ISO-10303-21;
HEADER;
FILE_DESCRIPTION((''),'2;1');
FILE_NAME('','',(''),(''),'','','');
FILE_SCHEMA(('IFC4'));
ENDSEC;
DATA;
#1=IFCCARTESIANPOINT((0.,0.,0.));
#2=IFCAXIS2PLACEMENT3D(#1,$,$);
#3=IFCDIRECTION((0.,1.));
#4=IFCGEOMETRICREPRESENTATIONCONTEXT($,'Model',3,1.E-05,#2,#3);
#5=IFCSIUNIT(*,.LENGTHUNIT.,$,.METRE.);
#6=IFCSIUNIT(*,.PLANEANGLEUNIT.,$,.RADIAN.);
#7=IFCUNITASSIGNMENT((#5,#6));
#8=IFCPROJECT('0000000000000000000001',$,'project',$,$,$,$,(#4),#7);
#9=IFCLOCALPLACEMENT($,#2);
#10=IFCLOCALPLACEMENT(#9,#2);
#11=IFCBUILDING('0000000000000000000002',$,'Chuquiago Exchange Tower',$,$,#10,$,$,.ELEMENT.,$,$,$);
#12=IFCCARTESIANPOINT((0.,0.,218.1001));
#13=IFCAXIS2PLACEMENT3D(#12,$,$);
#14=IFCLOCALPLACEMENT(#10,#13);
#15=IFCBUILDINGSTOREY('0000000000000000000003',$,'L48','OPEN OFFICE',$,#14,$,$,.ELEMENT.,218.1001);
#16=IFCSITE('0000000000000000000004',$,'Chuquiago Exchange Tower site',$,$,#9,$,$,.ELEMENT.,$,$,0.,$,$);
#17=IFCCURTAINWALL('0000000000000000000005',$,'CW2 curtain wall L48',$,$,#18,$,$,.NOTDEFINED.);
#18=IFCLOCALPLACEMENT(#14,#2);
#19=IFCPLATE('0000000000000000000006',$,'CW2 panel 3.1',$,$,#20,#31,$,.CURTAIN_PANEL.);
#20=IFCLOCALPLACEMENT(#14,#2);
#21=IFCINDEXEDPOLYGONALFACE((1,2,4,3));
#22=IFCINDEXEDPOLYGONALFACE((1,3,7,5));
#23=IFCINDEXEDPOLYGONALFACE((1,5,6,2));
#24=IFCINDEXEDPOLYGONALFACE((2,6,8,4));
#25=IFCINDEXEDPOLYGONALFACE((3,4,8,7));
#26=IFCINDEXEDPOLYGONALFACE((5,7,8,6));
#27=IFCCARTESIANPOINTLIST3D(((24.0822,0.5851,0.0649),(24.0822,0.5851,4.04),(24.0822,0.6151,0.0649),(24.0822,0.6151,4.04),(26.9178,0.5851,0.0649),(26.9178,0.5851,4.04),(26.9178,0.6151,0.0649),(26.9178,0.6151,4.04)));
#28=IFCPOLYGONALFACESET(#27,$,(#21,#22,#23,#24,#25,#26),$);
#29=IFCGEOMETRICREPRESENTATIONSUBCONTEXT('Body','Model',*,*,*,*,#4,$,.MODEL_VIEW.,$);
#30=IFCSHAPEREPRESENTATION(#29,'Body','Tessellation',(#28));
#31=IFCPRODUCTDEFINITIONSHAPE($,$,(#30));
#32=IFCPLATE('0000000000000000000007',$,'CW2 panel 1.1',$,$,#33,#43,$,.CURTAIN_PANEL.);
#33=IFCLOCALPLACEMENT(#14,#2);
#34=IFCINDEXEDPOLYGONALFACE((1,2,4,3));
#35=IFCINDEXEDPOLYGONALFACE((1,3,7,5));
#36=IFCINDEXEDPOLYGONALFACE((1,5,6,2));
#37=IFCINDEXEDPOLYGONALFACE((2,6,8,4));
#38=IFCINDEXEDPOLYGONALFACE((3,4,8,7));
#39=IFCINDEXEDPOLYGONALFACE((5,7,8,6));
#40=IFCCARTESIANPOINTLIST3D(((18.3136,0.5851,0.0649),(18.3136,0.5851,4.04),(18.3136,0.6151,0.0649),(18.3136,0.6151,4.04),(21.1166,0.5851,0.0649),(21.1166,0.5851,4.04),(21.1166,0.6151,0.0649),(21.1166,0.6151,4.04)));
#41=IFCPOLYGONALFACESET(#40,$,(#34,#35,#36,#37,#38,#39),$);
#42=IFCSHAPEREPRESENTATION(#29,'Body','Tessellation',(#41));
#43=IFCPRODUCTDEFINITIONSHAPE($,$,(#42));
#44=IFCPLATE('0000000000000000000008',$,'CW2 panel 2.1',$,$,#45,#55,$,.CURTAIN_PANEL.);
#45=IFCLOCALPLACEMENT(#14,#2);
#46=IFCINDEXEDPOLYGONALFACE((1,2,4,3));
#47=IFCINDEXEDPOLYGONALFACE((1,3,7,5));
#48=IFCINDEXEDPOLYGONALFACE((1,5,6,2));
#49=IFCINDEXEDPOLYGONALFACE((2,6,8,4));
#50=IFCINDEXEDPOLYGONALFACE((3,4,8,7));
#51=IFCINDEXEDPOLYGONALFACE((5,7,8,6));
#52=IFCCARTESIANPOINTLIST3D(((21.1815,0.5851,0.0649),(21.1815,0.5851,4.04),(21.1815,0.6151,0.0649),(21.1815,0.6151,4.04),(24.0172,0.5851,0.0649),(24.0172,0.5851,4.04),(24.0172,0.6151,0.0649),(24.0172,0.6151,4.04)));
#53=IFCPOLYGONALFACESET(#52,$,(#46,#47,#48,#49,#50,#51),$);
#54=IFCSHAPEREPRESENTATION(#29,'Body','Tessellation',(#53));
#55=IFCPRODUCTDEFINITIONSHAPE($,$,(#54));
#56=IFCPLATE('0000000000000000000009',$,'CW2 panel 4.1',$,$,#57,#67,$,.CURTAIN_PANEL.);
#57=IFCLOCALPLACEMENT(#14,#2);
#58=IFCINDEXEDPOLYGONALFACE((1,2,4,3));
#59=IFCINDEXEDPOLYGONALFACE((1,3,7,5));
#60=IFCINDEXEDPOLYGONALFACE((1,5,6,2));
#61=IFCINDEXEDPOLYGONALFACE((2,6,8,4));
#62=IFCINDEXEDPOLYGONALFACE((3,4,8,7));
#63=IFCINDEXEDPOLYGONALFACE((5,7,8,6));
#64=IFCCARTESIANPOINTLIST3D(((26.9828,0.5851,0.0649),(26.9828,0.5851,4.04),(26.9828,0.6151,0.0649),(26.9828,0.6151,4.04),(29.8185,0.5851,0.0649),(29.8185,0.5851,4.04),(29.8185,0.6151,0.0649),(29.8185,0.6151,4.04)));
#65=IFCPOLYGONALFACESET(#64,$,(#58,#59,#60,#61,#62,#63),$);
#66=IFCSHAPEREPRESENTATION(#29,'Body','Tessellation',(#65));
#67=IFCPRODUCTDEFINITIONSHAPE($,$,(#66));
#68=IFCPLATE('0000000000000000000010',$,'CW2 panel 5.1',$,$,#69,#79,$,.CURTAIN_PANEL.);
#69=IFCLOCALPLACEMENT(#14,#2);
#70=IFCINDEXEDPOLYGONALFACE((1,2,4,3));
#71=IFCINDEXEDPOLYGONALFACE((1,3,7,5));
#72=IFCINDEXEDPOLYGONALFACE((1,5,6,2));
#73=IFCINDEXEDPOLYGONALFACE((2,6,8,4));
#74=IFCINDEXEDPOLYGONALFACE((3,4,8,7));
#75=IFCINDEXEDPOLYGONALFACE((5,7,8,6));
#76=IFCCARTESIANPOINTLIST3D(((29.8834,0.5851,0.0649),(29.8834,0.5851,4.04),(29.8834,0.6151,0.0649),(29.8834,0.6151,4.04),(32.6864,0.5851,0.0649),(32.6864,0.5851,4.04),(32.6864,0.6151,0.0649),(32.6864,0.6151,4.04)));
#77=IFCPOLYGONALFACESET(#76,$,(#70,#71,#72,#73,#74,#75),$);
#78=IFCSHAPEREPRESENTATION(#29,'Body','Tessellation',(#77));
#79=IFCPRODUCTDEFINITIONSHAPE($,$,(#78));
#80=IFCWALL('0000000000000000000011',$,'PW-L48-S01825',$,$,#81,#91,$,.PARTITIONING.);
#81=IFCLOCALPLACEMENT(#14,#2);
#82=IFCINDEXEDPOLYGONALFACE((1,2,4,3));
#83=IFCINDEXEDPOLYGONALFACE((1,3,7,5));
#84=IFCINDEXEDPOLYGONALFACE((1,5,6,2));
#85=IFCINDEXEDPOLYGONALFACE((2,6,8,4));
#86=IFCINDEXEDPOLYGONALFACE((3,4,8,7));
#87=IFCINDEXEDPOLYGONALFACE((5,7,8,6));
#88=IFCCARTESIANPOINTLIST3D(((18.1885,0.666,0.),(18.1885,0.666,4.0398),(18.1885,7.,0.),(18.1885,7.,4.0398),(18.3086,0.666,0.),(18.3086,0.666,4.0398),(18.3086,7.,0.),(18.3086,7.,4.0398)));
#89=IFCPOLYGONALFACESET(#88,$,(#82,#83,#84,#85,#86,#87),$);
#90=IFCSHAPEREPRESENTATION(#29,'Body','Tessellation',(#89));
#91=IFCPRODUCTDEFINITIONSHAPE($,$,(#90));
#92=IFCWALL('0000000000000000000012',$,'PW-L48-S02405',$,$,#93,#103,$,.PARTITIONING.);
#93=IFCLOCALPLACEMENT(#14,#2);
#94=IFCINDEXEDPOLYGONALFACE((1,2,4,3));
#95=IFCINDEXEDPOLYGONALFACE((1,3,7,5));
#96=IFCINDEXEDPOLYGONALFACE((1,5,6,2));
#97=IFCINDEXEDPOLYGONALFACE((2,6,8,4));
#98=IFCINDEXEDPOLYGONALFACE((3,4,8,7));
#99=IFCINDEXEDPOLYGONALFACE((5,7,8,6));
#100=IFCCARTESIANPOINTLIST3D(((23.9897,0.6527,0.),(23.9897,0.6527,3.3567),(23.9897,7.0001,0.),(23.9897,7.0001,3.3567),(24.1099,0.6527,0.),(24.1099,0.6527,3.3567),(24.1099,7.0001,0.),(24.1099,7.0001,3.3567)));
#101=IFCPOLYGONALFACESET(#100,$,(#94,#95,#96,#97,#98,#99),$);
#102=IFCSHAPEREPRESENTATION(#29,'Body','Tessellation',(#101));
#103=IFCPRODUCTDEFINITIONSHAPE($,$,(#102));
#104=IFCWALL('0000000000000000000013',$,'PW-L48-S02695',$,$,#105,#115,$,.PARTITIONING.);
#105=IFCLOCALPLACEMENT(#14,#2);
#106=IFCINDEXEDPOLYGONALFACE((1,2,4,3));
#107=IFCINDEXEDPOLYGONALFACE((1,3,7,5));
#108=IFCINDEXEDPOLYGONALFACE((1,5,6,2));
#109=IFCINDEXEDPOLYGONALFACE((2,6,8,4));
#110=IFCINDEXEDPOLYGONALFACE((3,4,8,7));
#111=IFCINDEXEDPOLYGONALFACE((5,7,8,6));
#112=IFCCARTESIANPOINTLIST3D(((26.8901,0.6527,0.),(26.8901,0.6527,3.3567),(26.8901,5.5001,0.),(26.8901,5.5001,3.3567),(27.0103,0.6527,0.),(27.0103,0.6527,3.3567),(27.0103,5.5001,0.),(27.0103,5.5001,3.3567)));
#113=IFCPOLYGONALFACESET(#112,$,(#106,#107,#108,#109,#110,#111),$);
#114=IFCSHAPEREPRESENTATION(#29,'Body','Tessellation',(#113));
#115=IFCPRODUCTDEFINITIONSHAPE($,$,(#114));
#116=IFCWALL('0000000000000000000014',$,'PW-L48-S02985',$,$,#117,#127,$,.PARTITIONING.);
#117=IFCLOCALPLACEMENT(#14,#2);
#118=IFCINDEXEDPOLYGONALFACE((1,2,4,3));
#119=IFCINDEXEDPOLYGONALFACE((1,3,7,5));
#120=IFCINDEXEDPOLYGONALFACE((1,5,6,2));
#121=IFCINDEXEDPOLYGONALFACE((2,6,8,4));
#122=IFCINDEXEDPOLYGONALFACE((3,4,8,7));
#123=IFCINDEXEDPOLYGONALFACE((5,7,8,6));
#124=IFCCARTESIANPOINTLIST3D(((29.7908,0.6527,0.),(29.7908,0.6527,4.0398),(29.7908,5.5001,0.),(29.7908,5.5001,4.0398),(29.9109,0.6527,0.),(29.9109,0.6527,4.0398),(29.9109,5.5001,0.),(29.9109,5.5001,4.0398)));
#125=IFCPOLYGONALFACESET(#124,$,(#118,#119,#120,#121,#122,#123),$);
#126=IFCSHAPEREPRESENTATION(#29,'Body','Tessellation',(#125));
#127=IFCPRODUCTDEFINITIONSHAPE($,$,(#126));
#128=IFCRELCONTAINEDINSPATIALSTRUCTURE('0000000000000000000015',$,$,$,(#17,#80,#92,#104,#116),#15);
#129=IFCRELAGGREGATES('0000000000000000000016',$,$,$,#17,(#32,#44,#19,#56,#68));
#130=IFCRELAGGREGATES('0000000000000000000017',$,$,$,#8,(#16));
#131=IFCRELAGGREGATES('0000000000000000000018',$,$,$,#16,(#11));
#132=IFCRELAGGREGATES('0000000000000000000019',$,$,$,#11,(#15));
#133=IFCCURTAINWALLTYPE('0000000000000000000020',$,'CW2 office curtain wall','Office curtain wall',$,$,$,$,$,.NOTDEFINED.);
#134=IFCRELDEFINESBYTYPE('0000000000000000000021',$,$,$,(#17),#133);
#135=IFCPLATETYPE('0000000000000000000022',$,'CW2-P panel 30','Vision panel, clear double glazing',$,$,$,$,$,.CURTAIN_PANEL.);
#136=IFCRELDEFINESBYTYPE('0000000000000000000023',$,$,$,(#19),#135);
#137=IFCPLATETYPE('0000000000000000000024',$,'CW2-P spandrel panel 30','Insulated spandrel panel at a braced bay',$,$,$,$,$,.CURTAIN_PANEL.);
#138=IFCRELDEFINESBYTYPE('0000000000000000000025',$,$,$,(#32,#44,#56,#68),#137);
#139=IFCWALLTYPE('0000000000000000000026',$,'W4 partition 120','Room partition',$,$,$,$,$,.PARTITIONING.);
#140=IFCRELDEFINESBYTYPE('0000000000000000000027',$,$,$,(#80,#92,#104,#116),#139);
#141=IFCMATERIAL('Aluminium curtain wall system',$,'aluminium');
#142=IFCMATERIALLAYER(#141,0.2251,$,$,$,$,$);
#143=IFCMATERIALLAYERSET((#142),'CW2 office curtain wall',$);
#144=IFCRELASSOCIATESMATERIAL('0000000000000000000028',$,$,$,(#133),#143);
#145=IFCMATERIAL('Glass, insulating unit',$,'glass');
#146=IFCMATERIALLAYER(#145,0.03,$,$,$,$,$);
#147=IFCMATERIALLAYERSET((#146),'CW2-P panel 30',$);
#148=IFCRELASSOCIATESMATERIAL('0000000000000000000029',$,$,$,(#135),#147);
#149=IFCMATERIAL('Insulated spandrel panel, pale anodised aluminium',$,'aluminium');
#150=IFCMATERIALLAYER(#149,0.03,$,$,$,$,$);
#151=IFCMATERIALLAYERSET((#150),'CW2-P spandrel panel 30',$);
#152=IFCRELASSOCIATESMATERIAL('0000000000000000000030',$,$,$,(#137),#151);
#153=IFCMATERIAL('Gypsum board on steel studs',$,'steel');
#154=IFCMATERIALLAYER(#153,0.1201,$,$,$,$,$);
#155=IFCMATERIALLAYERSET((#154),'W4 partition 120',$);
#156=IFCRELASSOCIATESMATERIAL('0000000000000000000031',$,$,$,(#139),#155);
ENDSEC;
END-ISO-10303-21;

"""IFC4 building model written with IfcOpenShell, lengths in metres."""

from ifc_helpers import new_model, si_unit, direction, frame, frame_2d, origin, origin_2d, place, context, subcontext, project, spatial, rectangle, extrude, material, layer, layer_set, type_object, element, aggregate, save


model = new_model("IFC4")

# Units and contexts
model_context = context("Model", 3, precision=1e-05, world=origin(), true_north=direction((0.0, 1.0)))
body_context = subcontext(model_context, "Body", "Model", "MODEL_VIEW")
ifc_project = project(units=[si_unit("LENGTHUNIT", "METRE"), si_unit("PLANEANGLEUNIT", "RADIAN")], contexts=[model_context])

# Site, building, storey
site_placement = place(None, origin())
site = spatial("IfcSite", under=ifc_project, at=site_placement, Name="Chuquiago Exchange Tower site", CompositionType="ELEMENT", RefElevation=0.0)
building_placement = place(site_placement, origin())
building = spatial("IfcBuilding", under=site, at=building_placement, Name="Chuquiago Exchange Tower", CompositionType="ELEMENT")
storey_placement = place(building_placement, frame((0.0, 0.0, 218.1001)))
storey = spatial("IfcBuildingStorey", under=building, at=storey_placement, Name="L48", Description="OPEN OFFICE", CompositionType="ELEMENT", Elevation=218.1001)

# Curtain wall
ifc_material_1 = material(Name="Aluminium curtain wall system", Category="aluminium")
ifc_layer_1 = layer(ifc_material_1, 0.2251)
ifc_layer_set_1 = layer_set([ifc_layer_1], Name="CW2 office curtain wall")
curtain_wall_type_1 = type_object("IfcCurtainWallType", Name="CW2 office curtain wall", Description="Office curtain wall", PredefinedType="NOTDEFINED", material=ifc_layer_set_1)
curtain_wall_1_placement = place(storey_placement, origin())
curtain_wall_1 = element("IfcCurtainWall", 1, at=curtain_wall_1_placement, inside=storey, type_object=curtain_wall_type_1, Name="CW2 curtain wall L48", PredefinedType="NOTDEFINED")

# Plates
ifc_material_2 = material(Name="Glass, insulating unit", Category="glass")
ifc_layer_2 = layer(ifc_material_2, 0.03)
ifc_layer_set_2 = layer_set([ifc_layer_2], Name="CW2-P panel 30")
plate_type_1 = type_object("IfcPlateType", Name="CW2-P panel 30", Description="Vision panel, clear double glazing", PredefinedType="CURTAIN_PANEL", material=ifc_layer_set_2)
plate_1_placement = place(storey_placement, frame((25.5, 0.6001, 0.0649), z_axis=(0.0, 0.0, 1.0), x_axis=(1.0, 0.0, 0.0)))
plate_1 = element("IfcPlate", 2, at=plate_1_placement, type_object=plate_type_1, Name="CW2 panel 3.1", PredefinedType="CURTAIN_PANEL", context=body_context, shape_type="SweptSolid", body=[
    extrude(rectangle(XDim=2.8357, YDim=0.03, at=origin_2d()), origin(), (0.0, 0.0, 1.0), 3.9751),
])
ifc_material_3 = material(Name="Insulated spandrel panel, pale anodised aluminium", Category="aluminium")
ifc_layer_3 = layer(ifc_material_3, 0.03)
ifc_layer_set_3 = layer_set([ifc_layer_3], Name="CW2-P spandrel panel 30")
plate_type_2 = type_object("IfcPlateType", Name="CW2-P spandrel panel 30", Description="Insulated spandrel panel at a braced bay", PredefinedType="CURTAIN_PANEL", material=ifc_layer_set_3)
plate_2_placement = place(storey_placement, frame((19.7151, 0.6001, 0.0649), z_axis=(0.0, 0.0, 1.0), x_axis=(1.0, 0.0, 0.0)))
plate_2 = element("IfcPlate", 3, at=plate_2_placement, type_object=plate_type_2, Name="CW2 panel 1.1", PredefinedType="CURTAIN_PANEL", context=body_context, shape_type="SweptSolid", body=[
    extrude(rectangle(XDim=2.803, YDim=0.03, at=origin_2d()), origin(), (0.0, 0.0, 1.0), 3.9751),
])
plate_3_placement = place(storey_placement, frame((22.5994, 0.6001, 0.0649), z_axis=(0.0, 0.0, 1.0), x_axis=(1.0, 0.0, 0.0)))
plate_3 = element("IfcPlate", 4, at=plate_3_placement, type_object=plate_type_2, Name="CW2 panel 2.1", PredefinedType="CURTAIN_PANEL", context=body_context, shape_type="SweptSolid", body=[
    extrude(rectangle(XDim=2.8357, YDim=0.03, at=origin_2d()), origin(), (0.0, 0.0, 1.0), 3.9751),
])
plate_4_placement = place(storey_placement, frame((28.4006, 0.6001, 0.0649), z_axis=(0.0, 0.0, 1.0), x_axis=(1.0, 0.0, 0.0)))
plate_4 = element("IfcPlate", 5, at=plate_4_placement, type_object=plate_type_2, Name="CW2 panel 4.1", PredefinedType="CURTAIN_PANEL", context=body_context, shape_type="SweptSolid", body=[
    extrude(rectangle(XDim=2.8357, YDim=0.03, at=origin_2d()), origin(), (0.0, 0.0, 1.0), 3.9751),
])
plate_5_placement = place(storey_placement, frame((31.2849, 0.6001, 0.0649), z_axis=(0.0, 0.0, 1.0), x_axis=(1.0, 0.0, 0.0)))
plate_5 = element("IfcPlate", 6, at=plate_5_placement, type_object=plate_type_2, Name="CW2 panel 5.1", PredefinedType="CURTAIN_PANEL", context=body_context, shape_type="SweptSolid", body=[
    extrude(rectangle(XDim=2.803, YDim=0.03, at=origin_2d()), origin(), (0.0, 0.0, 1.0), 3.9751),
])
aggregate(curtain_wall_1, [plate_2, plate_3, plate_1, plate_4, plate_5])

# Walls
ifc_material_4 = material(Name="Gypsum board on steel studs", Category="steel")
ifc_layer_4 = layer(ifc_material_4, 0.1201)
ifc_layer_set_4 = layer_set([ifc_layer_4], Name="W4 partition 120")
wall_type = type_object("IfcWallType", Name="W4 partition 120", Description="Room partition", PredefinedType="PARTITIONING", material=ifc_layer_set_4)
wall_1_placement = place(storey_placement, frame((18.2485, 0.666, 0.0), z_axis=(0.0, 0.0, 1.0), x_axis=(0.0, 1.0, 0.0)))
element("IfcWall", 7, at=wall_1_placement, inside=storey, type_object=wall_type, Name="PW-L48-S01825", PredefinedType="PARTITIONING", context=body_context, shape_type="SweptSolid", body=[
    extrude(rectangle(XDim=6.334, YDim=0.1201, at=frame_2d((3.167, 0.0))), origin(), (0.0, 0.0, 1.0), 4.0398),
])
wall_2_placement = place(storey_placement, frame((24.0498, 0.6526, 0.0), z_axis=(0.0, 0.0, 1.0), x_axis=(0.0, 1.0, 0.0)))
element("IfcWall", 8, at=wall_2_placement, inside=storey, type_object=wall_type, Name="PW-L48-S02405", PredefinedType="PARTITIONING", context=body_context, shape_type="SweptSolid", body=[
    extrude(rectangle(XDim=6.3474, YDim=0.1201, at=frame_2d((3.1738, 0.0))), origin(), (0.0, 0.0, 1.0), 3.3567),
])
wall_3_placement = place(storey_placement, frame((26.9502, 0.6526, 0.0), z_axis=(0.0, 0.0, 1.0), x_axis=(0.0, 1.0, 0.0)))
element("IfcWall", 9, at=wall_3_placement, inside=storey, type_object=wall_type, Name="PW-L48-S02695", PredefinedType="PARTITIONING", context=body_context, shape_type="SweptSolid", body=[
    extrude(rectangle(XDim=4.8474, YDim=0.1201, at=frame_2d((2.4238, 0.0))), origin(), (0.0, 0.0, 1.0), 3.3567),
])
wall_4_placement = place(storey_placement, frame((29.8508, 0.6526, 0.0), z_axis=(0.0, 0.0, 1.0), x_axis=(0.0, 1.0, 0.0)))
element("IfcWall", 10, at=wall_4_placement, inside=storey, type_object=wall_type, Name="PW-L48-S02985", PredefinedType="PARTITIONING", context=body_context, shape_type="SweptSolid", body=[
    extrude(rectangle(XDim=4.8474, YDim=0.1201, at=frame_2d((2.4238, 0.0))), origin(), (0.0, 0.0, 1.0), 4.0398),
])

save(model, "model.ifc")
